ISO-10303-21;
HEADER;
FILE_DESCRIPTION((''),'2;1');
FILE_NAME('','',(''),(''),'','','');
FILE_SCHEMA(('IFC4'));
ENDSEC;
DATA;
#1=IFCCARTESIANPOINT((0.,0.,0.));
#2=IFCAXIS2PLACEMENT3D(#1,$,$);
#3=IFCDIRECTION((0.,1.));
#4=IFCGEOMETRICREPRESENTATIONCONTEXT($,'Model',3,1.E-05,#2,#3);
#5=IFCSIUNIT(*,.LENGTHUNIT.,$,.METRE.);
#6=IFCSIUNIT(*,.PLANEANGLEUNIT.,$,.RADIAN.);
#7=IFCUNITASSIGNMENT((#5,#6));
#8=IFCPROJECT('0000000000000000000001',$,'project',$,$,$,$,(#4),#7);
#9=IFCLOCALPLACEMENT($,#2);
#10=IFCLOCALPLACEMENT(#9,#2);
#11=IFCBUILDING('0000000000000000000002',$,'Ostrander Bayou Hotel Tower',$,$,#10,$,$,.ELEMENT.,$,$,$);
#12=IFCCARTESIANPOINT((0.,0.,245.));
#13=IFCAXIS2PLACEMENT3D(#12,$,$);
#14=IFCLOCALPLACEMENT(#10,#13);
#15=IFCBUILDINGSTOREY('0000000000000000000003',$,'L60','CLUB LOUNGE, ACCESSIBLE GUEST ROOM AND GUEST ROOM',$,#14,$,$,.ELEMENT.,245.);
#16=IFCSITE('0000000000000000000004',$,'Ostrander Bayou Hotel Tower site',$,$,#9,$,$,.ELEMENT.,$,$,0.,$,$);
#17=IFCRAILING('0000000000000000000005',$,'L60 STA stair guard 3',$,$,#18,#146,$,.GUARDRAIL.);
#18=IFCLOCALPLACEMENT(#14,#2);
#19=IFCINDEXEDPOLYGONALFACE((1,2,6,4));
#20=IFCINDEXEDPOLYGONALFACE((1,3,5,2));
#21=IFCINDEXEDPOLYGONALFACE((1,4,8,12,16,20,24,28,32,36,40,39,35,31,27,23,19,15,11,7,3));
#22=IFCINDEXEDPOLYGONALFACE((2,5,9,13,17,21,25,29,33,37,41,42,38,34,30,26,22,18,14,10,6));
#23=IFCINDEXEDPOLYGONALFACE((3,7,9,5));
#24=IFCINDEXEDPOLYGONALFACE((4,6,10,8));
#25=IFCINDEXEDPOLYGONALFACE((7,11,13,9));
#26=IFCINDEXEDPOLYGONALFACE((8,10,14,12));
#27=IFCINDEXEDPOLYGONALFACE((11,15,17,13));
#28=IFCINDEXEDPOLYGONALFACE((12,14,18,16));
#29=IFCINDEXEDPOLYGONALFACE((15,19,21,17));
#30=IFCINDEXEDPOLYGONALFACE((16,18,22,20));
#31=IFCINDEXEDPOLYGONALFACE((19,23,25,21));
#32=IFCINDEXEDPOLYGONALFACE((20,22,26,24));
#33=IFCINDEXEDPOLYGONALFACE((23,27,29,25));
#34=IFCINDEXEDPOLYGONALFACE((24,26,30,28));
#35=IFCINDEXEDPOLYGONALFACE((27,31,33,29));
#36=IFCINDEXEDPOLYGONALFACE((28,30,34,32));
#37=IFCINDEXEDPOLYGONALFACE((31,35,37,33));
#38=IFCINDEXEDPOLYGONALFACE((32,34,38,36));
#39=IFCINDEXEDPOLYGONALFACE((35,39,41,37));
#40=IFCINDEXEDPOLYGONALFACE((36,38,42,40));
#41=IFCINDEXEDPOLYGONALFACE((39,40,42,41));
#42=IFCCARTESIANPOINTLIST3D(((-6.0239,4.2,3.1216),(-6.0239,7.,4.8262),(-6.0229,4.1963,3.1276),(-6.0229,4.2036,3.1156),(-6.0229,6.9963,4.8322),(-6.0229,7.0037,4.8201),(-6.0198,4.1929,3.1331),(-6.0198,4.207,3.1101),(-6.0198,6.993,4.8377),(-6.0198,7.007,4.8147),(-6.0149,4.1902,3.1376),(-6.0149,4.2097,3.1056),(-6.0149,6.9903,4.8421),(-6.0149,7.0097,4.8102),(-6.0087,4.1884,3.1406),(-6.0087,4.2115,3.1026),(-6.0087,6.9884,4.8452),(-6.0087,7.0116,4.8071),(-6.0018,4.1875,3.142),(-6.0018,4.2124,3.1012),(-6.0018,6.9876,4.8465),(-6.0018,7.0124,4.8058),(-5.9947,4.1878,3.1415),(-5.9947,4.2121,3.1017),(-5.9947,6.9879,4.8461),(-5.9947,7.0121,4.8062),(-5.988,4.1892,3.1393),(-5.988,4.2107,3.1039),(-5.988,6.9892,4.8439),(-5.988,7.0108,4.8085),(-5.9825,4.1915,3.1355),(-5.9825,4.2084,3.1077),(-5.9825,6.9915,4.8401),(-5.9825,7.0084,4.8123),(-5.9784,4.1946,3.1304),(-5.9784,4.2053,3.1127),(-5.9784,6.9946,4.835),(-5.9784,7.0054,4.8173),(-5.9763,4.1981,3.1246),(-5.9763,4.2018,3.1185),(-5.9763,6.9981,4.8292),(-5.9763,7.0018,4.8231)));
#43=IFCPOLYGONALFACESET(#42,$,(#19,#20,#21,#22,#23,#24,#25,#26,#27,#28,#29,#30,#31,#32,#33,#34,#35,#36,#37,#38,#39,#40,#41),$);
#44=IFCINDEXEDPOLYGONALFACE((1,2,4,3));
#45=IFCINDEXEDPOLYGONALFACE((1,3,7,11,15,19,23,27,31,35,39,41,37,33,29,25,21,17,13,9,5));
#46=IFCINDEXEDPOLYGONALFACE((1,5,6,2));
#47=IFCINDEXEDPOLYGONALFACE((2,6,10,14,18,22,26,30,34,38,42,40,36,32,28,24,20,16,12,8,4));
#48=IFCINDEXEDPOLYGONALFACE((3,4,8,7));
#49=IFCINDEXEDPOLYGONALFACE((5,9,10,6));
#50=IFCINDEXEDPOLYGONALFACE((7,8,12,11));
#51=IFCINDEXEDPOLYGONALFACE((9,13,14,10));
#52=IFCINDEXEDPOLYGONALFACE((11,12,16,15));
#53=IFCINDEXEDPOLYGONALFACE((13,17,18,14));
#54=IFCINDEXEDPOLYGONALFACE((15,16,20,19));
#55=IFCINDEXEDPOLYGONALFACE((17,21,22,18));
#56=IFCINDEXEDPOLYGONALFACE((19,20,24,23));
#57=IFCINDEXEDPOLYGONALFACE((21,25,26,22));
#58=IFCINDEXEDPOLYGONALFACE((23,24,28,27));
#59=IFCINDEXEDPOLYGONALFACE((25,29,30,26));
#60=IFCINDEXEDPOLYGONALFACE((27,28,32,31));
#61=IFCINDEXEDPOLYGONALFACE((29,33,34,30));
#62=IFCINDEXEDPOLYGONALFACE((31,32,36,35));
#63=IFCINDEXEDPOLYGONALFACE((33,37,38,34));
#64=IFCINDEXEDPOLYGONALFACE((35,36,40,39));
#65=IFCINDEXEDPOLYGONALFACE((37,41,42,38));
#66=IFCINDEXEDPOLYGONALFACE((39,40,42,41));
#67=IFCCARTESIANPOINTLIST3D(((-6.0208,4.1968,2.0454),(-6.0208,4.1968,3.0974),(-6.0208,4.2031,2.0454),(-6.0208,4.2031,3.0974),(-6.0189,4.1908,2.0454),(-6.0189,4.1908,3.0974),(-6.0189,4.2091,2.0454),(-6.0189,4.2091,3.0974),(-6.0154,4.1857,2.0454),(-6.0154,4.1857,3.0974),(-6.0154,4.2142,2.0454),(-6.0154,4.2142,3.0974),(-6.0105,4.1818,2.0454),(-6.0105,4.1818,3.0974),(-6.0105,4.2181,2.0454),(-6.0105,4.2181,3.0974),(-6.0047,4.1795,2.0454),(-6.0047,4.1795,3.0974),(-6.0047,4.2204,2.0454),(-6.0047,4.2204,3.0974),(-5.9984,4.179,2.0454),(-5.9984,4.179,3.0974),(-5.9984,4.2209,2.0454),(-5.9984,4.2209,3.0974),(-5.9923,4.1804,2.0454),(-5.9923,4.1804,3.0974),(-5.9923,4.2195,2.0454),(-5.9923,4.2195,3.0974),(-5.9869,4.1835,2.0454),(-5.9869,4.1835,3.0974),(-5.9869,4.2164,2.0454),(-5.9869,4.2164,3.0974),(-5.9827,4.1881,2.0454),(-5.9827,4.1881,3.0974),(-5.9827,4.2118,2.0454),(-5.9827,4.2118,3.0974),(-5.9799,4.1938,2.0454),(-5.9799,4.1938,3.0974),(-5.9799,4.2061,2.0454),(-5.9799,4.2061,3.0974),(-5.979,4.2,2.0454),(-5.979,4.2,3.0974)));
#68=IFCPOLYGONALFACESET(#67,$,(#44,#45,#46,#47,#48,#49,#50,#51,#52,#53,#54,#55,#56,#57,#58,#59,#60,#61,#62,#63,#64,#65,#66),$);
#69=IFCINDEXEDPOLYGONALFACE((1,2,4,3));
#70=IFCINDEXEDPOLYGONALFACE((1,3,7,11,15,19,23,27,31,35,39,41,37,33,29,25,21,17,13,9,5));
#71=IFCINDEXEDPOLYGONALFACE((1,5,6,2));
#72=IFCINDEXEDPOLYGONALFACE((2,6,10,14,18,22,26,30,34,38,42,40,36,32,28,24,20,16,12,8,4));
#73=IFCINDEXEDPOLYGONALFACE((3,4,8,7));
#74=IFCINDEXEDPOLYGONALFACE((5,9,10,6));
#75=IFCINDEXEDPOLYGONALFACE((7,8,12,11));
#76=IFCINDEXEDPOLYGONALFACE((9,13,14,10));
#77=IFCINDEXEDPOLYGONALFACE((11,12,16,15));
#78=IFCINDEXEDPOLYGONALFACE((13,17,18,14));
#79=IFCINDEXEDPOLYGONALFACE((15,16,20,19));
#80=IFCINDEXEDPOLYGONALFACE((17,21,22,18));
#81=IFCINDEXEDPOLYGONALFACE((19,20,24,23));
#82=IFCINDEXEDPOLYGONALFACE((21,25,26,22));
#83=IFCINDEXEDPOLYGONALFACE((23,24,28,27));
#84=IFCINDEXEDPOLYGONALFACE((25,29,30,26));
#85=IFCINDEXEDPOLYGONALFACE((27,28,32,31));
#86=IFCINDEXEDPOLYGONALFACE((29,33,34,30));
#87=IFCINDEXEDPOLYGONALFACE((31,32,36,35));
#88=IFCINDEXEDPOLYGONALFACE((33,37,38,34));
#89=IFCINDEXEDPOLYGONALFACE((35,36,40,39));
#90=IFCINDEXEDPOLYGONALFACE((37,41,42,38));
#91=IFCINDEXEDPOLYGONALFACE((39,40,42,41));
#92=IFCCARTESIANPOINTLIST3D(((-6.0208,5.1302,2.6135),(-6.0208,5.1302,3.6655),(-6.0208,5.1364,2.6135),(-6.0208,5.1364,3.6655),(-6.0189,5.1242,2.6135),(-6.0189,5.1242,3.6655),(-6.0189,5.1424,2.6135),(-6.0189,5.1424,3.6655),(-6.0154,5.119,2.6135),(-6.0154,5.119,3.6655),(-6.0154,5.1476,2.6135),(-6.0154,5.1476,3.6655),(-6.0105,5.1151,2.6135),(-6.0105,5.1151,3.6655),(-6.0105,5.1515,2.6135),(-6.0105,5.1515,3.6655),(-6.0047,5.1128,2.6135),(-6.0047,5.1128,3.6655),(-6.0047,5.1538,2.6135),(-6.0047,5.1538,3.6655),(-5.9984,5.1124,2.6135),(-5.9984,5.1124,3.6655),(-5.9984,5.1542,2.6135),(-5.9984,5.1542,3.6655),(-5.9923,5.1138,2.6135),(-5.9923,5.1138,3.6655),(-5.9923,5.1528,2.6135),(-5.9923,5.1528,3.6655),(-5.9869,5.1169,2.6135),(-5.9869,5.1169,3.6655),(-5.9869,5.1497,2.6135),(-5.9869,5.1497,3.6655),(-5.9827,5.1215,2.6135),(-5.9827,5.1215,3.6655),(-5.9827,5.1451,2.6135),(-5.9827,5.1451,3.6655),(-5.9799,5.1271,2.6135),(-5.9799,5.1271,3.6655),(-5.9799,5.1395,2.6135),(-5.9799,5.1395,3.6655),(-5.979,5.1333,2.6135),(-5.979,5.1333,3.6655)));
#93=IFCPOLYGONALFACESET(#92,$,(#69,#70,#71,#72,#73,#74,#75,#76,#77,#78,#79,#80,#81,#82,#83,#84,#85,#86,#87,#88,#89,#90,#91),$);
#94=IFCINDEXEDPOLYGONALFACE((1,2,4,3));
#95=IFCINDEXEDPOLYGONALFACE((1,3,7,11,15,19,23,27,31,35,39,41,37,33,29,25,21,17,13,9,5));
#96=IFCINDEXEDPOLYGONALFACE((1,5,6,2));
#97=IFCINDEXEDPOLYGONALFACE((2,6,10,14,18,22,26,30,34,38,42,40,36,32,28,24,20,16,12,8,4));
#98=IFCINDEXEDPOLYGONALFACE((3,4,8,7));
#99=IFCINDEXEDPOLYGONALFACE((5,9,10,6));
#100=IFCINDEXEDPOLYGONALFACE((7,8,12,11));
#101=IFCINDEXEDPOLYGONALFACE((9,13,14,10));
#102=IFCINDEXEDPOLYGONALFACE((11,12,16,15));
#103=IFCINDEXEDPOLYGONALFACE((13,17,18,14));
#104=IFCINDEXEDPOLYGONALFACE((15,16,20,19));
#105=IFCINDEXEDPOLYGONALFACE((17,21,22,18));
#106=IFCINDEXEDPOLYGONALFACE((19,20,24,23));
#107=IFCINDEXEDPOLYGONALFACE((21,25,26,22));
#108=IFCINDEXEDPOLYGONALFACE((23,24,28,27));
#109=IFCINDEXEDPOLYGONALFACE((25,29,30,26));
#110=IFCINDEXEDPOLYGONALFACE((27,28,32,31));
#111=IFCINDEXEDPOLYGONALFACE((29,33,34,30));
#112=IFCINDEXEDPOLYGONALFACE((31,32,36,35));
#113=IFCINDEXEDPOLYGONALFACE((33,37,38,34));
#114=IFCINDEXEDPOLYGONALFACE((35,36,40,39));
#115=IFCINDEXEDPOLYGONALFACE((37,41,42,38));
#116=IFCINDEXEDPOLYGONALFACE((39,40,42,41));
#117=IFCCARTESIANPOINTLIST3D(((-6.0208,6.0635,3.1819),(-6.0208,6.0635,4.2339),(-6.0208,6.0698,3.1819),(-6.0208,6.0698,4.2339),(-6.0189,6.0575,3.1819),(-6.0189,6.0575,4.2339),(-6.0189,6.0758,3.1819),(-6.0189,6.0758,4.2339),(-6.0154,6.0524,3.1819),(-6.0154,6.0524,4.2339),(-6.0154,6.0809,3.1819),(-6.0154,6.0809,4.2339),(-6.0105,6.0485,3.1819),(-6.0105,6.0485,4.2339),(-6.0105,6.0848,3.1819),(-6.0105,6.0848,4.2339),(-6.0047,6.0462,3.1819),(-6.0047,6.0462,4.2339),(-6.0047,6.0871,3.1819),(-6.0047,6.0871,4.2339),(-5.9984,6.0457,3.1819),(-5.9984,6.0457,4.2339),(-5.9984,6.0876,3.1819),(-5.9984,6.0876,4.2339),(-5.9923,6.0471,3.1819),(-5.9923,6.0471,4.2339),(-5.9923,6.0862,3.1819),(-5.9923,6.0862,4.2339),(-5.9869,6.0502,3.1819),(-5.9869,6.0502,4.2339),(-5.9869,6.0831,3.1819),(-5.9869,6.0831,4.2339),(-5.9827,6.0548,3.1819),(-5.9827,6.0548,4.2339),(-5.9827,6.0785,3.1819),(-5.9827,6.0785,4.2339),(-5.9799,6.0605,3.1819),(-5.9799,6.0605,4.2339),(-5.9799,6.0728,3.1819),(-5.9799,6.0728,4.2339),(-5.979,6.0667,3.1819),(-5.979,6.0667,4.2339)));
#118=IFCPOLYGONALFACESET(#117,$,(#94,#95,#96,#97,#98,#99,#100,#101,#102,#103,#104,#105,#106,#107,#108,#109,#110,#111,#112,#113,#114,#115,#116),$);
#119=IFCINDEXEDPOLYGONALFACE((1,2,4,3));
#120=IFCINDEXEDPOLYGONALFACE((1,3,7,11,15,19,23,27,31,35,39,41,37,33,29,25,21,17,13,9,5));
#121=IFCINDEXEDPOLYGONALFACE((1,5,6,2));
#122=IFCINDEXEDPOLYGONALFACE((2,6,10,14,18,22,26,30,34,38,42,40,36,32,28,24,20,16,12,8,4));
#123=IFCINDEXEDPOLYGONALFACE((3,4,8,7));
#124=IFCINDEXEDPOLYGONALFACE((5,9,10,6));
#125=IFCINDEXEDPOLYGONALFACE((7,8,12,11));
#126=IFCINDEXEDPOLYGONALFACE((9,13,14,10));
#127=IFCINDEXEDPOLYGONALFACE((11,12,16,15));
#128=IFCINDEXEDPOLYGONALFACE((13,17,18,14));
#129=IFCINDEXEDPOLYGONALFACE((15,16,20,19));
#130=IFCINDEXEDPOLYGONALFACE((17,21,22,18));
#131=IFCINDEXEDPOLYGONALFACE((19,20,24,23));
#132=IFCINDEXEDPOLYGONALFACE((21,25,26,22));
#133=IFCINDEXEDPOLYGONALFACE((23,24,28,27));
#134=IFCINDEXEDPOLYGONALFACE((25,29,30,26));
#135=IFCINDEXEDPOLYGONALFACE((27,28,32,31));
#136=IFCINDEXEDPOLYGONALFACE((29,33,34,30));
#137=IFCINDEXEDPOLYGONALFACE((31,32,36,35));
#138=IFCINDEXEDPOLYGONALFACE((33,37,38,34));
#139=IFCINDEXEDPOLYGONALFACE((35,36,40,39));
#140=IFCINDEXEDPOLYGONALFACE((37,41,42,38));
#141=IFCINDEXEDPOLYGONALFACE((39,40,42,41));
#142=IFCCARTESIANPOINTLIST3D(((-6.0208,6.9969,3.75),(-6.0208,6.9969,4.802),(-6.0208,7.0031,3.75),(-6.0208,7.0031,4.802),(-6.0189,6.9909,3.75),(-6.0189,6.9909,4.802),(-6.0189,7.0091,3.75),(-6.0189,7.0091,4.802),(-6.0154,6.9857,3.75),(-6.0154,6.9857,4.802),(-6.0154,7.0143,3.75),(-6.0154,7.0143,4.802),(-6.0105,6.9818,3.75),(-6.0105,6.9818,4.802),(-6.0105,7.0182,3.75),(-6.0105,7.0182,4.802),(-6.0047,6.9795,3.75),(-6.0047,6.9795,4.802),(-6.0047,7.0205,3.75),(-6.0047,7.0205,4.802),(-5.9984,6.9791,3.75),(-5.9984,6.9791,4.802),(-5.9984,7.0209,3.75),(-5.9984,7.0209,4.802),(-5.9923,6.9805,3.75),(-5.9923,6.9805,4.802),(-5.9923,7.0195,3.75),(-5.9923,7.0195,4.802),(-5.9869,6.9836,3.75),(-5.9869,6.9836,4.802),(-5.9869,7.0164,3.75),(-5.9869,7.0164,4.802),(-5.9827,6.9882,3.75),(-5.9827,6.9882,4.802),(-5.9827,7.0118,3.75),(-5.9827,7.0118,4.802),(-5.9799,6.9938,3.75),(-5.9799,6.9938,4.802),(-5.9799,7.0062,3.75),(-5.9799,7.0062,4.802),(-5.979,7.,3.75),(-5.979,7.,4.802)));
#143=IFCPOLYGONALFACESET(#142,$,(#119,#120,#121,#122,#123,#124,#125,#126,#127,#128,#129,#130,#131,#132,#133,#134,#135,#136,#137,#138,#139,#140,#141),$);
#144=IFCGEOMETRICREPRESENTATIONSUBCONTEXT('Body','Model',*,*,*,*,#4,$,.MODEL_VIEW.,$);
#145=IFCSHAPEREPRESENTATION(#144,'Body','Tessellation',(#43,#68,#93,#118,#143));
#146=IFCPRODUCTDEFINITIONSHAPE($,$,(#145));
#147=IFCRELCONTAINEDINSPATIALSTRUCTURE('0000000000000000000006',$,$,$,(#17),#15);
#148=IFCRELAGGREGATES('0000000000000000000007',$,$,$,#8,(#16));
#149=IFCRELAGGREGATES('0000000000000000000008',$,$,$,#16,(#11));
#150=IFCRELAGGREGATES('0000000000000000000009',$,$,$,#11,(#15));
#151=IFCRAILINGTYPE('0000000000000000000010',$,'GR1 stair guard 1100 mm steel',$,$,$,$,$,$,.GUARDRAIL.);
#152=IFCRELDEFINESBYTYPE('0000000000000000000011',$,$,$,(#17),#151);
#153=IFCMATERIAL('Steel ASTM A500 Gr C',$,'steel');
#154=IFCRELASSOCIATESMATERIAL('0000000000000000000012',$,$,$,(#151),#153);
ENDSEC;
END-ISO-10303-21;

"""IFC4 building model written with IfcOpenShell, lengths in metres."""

from ifc_helpers import new_model, si_unit, direction, frame, origin, origin_2d, place, context, subcontext, project, spatial, circle, extrude, material, type_object, element, save


model = new_model("IFC4")

# Units and contexts
model_context = context("Model", 3, precision=1e-05, world=origin(), true_north=direction((0.0, 1.0)))
body_context = subcontext(model_context, "Body", "Model", "MODEL_VIEW")
ifc_project = project(units=[si_unit("LENGTHUNIT", "METRE"), si_unit("PLANEANGLEUNIT", "RADIAN")], contexts=[model_context])

# Site, building, storey
site_placement = place(None, origin())
site = spatial("IfcSite", under=ifc_project, at=site_placement, Name="Ostrander Bayou Hotel Tower site", CompositionType="ELEMENT", RefElevation=0.0)
building_placement = place(site_placement, origin())
building = spatial("IfcBuilding", under=site, at=building_placement, Name="Ostrander Bayou Hotel Tower", CompositionType="ELEMENT")
storey_placement = place(building_placement, frame((0.0, 0.0, 245.0)))
storey = spatial("IfcBuildingStorey", under=building, at=storey_placement, Name="L60", Description="CLUB LOUNGE, ACCESSIBLE GUEST ROOM AND GUEST ROOM", CompositionType="ELEMENT", Elevation=245.0)

# Railing
ifc_material_1 = material(Name="Steel ASTM A500 Gr C", Category="steel")
railing_type_1 = type_object("IfcRailingType", Name="GR1 stair guard 1100 mm steel", PredefinedType="GUARDRAIL", material=ifc_material_1)
railing_1_placement = place(storey_placement, frame((-6.0, 4.2, 2.0454)))
element("IfcRailing", 1, at=railing_1_placement, inside=storey, type_object=railing_type_1, Name="L60 STA stair guard 3", PredefinedType="GUARDRAIL", context=body_context, shape_type="SweptSolid", body=[
    extrude(circle(Radius=0.0239, at=origin_2d()), frame((0.0, 0.0, 1.0762), z_axis=(0.0, 0.85417, 0.519994), x_axis=(-1.0, 0.0, 0.0)), (0.0, 0.0, 1.0), 3.2781),
    extrude(circle(Radius=0.021, at=origin_2d()), origin(), (0.0, 0.0, 1.0), 1.052),
    extrude(circle(Radius=0.021, at=origin_2d()), frame((0.0, 0.9333, 0.5681)), (0.0, 0.0, 1.0), 1.052),
    extrude(circle(Radius=0.021, at=origin_2d()), frame((0.0, 1.8667, 1.1365)), (0.0, 0.0, 1.0), 1.052),
    extrude(circle(Radius=0.021, at=origin_2d()), frame((0.0, 2.8, 1.7046)), (0.0, 0.0, 1.0), 1.052),
])

save(model, "model.ifc")
